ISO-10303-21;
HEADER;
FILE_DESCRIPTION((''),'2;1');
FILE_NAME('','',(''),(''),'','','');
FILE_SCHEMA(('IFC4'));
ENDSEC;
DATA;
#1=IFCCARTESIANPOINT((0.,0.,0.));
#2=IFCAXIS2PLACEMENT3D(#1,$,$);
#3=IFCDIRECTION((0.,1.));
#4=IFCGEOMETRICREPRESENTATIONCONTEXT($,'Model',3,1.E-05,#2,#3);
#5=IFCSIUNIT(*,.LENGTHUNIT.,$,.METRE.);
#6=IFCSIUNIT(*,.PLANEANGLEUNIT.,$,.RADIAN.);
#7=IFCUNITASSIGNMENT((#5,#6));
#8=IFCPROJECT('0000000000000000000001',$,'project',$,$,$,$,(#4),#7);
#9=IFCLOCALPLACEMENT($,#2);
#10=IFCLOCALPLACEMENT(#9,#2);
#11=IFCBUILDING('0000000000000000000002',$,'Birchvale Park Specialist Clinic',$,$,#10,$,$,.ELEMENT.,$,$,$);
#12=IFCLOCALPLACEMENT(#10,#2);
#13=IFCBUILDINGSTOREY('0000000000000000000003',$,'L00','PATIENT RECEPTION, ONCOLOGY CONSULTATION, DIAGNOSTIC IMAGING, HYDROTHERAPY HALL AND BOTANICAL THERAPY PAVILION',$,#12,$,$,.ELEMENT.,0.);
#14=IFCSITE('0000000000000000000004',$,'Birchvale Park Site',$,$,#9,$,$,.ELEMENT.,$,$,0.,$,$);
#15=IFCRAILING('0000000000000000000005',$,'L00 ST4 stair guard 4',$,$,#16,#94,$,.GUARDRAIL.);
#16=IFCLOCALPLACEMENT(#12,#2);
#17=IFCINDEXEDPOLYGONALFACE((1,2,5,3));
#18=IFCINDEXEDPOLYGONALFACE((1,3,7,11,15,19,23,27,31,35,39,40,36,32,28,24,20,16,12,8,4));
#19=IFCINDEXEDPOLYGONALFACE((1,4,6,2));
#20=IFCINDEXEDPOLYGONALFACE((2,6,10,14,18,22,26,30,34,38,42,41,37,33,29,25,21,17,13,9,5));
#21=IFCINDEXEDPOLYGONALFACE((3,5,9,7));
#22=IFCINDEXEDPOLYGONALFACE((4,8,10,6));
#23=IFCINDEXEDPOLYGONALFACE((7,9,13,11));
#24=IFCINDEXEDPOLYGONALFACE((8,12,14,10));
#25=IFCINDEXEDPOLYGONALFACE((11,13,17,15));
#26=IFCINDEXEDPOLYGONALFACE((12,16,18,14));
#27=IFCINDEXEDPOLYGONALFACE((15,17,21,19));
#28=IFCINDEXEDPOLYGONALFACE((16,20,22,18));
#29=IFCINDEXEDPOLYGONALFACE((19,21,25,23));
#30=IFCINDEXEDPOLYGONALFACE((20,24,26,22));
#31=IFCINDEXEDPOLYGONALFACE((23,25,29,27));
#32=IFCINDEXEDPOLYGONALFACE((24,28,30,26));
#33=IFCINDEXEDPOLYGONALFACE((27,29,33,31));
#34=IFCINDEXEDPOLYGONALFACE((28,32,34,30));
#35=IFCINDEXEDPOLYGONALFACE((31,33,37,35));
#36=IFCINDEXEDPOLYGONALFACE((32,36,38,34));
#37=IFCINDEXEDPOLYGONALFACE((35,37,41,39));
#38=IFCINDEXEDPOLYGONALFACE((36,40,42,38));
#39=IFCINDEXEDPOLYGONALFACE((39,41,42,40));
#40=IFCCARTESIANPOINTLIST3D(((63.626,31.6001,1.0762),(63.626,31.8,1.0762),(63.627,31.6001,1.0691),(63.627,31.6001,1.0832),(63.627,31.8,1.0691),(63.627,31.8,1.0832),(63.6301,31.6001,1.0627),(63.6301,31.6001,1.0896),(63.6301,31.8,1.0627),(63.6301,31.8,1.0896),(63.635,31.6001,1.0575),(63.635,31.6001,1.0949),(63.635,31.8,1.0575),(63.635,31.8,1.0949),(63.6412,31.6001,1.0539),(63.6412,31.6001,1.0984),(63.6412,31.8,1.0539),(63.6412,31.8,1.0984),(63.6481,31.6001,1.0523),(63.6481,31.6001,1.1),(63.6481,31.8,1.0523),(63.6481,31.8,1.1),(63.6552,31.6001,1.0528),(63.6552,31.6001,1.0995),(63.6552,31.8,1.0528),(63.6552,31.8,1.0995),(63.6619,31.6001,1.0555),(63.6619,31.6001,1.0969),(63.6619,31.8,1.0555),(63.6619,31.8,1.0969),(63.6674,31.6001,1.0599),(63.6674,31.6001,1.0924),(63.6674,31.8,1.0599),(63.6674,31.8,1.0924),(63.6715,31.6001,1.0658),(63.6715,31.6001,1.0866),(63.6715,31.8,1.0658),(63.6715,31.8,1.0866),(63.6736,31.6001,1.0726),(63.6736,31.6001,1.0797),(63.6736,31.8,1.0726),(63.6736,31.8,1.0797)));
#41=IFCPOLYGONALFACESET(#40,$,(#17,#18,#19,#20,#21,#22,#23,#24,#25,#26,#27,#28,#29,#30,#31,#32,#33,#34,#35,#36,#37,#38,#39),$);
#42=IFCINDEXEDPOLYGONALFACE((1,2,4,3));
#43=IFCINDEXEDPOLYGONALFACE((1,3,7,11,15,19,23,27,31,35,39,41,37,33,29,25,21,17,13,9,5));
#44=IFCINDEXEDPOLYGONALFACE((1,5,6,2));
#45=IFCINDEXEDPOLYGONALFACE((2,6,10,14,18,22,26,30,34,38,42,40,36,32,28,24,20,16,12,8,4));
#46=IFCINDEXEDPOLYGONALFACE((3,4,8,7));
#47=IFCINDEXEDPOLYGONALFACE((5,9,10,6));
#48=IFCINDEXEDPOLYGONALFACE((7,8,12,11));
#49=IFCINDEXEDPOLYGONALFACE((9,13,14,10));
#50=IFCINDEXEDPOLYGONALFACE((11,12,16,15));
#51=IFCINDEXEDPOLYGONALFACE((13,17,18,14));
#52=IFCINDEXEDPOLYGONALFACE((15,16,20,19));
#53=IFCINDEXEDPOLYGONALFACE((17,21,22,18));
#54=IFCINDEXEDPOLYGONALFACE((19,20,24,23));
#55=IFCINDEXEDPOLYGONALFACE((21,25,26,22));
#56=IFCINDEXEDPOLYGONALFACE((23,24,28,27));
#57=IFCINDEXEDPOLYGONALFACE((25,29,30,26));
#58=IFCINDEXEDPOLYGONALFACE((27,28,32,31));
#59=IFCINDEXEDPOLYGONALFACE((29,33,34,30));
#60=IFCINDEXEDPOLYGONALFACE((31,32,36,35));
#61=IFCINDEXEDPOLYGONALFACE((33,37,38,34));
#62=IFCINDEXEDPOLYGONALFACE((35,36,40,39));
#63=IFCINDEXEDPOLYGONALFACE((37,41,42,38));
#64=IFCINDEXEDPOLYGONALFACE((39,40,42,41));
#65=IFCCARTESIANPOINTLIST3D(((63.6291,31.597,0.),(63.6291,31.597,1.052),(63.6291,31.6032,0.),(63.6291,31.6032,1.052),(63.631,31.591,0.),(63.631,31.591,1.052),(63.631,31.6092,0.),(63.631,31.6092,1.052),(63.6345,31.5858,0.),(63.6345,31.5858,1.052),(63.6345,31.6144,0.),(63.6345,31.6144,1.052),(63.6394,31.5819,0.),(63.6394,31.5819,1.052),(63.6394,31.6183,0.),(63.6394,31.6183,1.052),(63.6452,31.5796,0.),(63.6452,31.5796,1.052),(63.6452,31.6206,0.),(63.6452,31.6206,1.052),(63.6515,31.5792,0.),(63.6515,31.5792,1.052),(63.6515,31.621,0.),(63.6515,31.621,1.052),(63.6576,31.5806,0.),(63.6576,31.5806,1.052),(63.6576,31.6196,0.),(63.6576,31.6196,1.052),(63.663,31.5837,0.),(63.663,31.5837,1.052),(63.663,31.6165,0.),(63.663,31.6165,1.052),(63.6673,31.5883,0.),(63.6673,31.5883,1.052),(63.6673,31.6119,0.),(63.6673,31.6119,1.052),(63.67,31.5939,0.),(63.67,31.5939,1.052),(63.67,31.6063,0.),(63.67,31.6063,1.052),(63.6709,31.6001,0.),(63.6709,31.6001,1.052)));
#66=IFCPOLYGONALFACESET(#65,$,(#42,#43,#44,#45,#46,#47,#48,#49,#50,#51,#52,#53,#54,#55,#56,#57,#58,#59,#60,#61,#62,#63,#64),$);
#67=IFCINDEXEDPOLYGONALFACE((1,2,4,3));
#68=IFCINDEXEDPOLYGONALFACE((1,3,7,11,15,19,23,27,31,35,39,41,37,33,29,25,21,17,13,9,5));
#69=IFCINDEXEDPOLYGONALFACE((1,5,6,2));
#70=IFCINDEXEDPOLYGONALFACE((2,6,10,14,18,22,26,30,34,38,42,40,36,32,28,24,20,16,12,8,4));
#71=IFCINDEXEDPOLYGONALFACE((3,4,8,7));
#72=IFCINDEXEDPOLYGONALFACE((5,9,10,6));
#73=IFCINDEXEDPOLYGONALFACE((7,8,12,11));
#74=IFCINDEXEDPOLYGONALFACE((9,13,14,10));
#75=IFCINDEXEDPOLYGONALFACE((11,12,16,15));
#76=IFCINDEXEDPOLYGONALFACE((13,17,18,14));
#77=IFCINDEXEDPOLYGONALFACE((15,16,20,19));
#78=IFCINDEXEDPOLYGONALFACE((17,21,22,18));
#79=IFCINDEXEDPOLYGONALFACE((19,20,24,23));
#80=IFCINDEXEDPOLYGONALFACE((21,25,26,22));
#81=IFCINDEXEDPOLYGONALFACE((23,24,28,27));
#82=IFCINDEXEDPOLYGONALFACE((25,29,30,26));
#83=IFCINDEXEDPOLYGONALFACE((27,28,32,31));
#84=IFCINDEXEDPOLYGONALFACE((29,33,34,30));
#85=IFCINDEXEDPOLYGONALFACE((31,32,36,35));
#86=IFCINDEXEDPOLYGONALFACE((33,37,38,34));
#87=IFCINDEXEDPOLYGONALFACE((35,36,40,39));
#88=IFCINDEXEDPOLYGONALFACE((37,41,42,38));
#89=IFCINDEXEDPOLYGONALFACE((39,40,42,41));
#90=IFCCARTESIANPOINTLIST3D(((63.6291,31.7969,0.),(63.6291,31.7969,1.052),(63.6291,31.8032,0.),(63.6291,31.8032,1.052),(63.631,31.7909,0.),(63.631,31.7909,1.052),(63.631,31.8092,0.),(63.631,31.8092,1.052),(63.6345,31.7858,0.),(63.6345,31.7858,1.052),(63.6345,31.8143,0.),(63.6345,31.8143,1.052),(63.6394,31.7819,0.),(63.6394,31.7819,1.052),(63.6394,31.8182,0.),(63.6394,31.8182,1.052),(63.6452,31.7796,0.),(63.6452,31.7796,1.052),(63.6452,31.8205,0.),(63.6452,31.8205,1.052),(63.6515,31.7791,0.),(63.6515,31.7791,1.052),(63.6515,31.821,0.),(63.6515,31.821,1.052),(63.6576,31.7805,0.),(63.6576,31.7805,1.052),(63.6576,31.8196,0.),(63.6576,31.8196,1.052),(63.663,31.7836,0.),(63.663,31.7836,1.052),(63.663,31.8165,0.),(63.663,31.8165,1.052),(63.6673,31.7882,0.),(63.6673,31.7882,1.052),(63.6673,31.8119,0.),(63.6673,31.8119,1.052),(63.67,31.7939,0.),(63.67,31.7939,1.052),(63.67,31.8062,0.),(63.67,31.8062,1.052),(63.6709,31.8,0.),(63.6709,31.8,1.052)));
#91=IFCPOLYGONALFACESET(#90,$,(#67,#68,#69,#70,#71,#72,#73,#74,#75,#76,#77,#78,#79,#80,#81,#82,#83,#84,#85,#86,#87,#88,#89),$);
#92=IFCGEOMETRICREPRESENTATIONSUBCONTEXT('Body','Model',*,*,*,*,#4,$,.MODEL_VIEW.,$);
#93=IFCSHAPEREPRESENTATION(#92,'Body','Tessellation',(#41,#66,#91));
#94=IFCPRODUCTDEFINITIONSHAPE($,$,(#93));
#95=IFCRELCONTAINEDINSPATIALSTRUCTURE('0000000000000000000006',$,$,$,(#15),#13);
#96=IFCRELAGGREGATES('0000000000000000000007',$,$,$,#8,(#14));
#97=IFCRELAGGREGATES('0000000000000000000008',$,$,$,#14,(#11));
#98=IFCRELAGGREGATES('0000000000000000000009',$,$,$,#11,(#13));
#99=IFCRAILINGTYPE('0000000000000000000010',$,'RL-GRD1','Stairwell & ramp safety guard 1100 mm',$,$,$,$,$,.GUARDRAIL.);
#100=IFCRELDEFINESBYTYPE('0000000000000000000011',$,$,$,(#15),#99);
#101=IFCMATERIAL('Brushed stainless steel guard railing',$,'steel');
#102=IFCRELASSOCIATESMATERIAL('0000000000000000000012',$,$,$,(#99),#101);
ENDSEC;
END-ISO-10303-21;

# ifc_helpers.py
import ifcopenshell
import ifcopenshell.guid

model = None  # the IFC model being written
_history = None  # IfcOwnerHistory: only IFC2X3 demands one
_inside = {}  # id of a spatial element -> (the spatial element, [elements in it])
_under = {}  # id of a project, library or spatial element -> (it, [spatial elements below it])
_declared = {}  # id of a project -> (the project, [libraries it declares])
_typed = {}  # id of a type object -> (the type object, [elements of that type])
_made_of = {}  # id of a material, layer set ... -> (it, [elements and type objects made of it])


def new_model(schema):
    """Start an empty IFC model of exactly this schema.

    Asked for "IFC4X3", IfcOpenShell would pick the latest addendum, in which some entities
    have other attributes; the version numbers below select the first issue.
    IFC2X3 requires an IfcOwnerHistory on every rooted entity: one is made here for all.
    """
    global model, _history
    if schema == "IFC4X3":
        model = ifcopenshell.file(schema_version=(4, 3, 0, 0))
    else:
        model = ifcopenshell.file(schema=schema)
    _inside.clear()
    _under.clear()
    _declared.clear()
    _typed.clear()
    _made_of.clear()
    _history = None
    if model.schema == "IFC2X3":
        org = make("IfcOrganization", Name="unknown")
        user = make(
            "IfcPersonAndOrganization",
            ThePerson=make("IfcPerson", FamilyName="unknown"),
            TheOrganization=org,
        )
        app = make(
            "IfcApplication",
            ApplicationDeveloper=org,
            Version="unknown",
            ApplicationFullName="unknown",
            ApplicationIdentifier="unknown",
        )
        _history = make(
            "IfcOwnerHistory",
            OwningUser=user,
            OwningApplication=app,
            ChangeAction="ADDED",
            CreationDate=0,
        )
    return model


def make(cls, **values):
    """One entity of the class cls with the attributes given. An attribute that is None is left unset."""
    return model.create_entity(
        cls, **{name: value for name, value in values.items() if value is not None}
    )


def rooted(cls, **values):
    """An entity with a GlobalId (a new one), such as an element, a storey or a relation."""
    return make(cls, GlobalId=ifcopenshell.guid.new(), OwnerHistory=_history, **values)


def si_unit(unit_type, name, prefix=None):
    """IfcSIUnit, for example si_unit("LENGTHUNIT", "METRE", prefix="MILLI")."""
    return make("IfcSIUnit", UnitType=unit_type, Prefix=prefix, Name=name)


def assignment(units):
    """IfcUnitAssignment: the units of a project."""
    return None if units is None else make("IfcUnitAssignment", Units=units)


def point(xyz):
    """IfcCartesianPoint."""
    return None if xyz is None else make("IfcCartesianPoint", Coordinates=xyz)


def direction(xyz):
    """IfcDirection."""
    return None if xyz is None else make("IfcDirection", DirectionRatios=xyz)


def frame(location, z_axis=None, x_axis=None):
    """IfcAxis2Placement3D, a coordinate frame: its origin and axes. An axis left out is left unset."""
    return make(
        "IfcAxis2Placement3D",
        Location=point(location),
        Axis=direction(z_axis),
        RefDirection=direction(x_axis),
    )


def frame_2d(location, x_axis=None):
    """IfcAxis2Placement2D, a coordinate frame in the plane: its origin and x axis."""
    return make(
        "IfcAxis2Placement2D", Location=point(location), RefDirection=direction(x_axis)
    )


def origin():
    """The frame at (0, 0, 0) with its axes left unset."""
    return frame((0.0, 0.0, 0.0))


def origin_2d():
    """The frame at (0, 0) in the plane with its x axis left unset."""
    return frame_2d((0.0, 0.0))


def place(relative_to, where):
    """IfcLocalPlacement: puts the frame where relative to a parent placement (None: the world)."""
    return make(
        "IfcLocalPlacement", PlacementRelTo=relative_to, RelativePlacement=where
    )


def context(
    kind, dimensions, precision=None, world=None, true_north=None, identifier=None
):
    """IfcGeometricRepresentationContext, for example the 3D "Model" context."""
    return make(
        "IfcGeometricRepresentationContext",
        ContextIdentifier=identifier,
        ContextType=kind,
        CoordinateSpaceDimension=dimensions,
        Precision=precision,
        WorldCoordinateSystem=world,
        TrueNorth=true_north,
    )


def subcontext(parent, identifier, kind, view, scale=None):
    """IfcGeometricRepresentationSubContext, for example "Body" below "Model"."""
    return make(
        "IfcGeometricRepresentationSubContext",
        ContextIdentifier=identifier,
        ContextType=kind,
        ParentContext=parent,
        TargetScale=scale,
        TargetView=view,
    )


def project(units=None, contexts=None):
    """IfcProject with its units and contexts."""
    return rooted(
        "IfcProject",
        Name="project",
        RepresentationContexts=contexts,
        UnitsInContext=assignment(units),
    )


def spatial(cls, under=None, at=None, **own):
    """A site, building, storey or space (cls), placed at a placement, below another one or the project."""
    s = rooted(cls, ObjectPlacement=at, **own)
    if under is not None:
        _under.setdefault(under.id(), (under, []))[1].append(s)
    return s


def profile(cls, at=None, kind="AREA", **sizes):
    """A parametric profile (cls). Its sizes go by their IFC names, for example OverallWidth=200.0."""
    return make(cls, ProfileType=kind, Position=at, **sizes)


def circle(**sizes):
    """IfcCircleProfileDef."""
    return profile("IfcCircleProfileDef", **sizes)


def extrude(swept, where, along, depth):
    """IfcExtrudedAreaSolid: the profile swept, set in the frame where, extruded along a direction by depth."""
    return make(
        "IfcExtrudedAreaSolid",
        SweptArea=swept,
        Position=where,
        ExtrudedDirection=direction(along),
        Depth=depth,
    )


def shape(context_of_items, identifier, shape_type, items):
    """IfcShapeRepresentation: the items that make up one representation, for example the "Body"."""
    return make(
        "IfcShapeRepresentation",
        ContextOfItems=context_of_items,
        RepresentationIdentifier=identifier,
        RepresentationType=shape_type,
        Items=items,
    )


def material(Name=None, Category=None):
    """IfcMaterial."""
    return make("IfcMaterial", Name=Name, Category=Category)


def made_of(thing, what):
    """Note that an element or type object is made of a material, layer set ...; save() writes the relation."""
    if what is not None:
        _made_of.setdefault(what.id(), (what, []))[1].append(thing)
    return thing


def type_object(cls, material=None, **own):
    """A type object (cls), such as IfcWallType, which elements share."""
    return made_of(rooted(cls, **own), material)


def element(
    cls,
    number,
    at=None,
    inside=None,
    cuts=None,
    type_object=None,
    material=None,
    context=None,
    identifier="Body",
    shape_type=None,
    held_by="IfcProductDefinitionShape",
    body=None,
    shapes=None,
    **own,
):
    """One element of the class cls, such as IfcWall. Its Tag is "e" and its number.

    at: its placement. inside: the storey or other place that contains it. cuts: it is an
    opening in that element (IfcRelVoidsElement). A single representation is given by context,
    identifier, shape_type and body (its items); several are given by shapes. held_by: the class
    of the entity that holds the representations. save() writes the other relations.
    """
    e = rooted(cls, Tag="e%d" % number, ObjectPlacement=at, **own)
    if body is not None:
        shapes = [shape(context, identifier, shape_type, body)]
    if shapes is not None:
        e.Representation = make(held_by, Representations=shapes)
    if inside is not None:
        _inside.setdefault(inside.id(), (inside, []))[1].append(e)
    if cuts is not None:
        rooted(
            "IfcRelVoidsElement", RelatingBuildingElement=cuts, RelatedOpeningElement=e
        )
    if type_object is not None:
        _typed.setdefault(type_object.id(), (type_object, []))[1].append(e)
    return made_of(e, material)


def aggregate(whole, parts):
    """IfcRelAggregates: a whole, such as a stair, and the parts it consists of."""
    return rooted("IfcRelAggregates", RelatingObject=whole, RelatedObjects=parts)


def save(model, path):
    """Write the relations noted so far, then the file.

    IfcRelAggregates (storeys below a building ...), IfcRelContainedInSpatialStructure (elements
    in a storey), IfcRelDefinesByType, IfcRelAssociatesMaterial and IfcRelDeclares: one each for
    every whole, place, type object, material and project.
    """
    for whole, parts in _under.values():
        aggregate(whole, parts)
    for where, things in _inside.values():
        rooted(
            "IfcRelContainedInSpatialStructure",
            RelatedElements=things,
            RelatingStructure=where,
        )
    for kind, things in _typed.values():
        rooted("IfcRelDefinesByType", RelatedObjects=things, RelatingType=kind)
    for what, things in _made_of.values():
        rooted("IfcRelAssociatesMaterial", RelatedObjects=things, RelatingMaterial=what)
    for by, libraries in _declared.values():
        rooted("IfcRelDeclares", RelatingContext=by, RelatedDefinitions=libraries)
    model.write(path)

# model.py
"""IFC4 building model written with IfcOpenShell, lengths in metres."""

from ifc_helpers import new_model, si_unit, direction, frame, origin, origin_2d, place, context, subcontext, project, spatial, circle, extrude, material, type_object, element, save


model = new_model("IFC4")

# Units and contexts
model_context = context("Model", 3, precision=1e-05, world=origin(), true_north=direction((0.0, 1.0)))
body_context = subcontext(model_context, "Body", "Model", "MODEL_VIEW")
ifc_project = project(units=[si_unit("LENGTHUNIT", "METRE"), si_unit("PLANEANGLEUNIT", "RADIAN")], contexts=[model_context])

# Site, building, storey
site_placement = place(None, origin())
site = spatial("IfcSite", under=ifc_project, at=site_placement, Name="Birchvale Park Site", CompositionType="ELEMENT", RefElevation=0.0)
building_placement = place(site_placement, origin())
building = spatial("IfcBuilding", under=site, at=building_placement, Name="Birchvale Park Specialist Clinic", CompositionType="ELEMENT")
storey_placement = place(building_placement, origin())
storey = spatial("IfcBuildingStorey", under=building, at=storey_placement, Name="L00", Description="PATIENT RECEPTION, ONCOLOGY CONSULTATION, DIAGNOSTIC IMAGING, HYDROTHERAPY HALL AND BOTANICAL THERAPY PAVILION", CompositionType="ELEMENT", Elevation=0.0)

# Railing
ifc_material_1 = material(Name="Brushed stainless steel guard railing", Category="steel")
railing_type_1 = type_object("IfcRailingType", Name="RL-GRD1", Description="Stairwell & ramp safety guard 1100 mm", PredefinedType="GUARDRAIL", material=ifc_material_1)
railing_1_placement = place(storey_placement, frame((63.6499, 31.6001, 0.0)))
element("IfcRailing", 1, at=railing_1_placement, inside=storey, type_object=railing_type_1, Name="L00 ST4 stair guard 4", PredefinedType="GUARDRAIL", context=body_context, shape_type="SweptSolid", body=[
    extrude(circle(Radius=0.0239, at=origin_2d()), frame((0.0, 0.0, 1.0762), z_axis=(0.0, 1.0, 0.0), x_axis=(-1.0, 0.0, 0.0)), (0.0, 0.0, 1.0), 0.2),
    extrude(circle(Radius=0.021, at=origin_2d()), origin(), (0.0, 0.0, 1.0), 1.052),
    extrude(circle(Radius=0.021, at=origin_2d()), frame((0.0, 0.2, 0.0)), (0.0, 0.0, 1.0), 1.052),
])

save(model, "model.ifc")
